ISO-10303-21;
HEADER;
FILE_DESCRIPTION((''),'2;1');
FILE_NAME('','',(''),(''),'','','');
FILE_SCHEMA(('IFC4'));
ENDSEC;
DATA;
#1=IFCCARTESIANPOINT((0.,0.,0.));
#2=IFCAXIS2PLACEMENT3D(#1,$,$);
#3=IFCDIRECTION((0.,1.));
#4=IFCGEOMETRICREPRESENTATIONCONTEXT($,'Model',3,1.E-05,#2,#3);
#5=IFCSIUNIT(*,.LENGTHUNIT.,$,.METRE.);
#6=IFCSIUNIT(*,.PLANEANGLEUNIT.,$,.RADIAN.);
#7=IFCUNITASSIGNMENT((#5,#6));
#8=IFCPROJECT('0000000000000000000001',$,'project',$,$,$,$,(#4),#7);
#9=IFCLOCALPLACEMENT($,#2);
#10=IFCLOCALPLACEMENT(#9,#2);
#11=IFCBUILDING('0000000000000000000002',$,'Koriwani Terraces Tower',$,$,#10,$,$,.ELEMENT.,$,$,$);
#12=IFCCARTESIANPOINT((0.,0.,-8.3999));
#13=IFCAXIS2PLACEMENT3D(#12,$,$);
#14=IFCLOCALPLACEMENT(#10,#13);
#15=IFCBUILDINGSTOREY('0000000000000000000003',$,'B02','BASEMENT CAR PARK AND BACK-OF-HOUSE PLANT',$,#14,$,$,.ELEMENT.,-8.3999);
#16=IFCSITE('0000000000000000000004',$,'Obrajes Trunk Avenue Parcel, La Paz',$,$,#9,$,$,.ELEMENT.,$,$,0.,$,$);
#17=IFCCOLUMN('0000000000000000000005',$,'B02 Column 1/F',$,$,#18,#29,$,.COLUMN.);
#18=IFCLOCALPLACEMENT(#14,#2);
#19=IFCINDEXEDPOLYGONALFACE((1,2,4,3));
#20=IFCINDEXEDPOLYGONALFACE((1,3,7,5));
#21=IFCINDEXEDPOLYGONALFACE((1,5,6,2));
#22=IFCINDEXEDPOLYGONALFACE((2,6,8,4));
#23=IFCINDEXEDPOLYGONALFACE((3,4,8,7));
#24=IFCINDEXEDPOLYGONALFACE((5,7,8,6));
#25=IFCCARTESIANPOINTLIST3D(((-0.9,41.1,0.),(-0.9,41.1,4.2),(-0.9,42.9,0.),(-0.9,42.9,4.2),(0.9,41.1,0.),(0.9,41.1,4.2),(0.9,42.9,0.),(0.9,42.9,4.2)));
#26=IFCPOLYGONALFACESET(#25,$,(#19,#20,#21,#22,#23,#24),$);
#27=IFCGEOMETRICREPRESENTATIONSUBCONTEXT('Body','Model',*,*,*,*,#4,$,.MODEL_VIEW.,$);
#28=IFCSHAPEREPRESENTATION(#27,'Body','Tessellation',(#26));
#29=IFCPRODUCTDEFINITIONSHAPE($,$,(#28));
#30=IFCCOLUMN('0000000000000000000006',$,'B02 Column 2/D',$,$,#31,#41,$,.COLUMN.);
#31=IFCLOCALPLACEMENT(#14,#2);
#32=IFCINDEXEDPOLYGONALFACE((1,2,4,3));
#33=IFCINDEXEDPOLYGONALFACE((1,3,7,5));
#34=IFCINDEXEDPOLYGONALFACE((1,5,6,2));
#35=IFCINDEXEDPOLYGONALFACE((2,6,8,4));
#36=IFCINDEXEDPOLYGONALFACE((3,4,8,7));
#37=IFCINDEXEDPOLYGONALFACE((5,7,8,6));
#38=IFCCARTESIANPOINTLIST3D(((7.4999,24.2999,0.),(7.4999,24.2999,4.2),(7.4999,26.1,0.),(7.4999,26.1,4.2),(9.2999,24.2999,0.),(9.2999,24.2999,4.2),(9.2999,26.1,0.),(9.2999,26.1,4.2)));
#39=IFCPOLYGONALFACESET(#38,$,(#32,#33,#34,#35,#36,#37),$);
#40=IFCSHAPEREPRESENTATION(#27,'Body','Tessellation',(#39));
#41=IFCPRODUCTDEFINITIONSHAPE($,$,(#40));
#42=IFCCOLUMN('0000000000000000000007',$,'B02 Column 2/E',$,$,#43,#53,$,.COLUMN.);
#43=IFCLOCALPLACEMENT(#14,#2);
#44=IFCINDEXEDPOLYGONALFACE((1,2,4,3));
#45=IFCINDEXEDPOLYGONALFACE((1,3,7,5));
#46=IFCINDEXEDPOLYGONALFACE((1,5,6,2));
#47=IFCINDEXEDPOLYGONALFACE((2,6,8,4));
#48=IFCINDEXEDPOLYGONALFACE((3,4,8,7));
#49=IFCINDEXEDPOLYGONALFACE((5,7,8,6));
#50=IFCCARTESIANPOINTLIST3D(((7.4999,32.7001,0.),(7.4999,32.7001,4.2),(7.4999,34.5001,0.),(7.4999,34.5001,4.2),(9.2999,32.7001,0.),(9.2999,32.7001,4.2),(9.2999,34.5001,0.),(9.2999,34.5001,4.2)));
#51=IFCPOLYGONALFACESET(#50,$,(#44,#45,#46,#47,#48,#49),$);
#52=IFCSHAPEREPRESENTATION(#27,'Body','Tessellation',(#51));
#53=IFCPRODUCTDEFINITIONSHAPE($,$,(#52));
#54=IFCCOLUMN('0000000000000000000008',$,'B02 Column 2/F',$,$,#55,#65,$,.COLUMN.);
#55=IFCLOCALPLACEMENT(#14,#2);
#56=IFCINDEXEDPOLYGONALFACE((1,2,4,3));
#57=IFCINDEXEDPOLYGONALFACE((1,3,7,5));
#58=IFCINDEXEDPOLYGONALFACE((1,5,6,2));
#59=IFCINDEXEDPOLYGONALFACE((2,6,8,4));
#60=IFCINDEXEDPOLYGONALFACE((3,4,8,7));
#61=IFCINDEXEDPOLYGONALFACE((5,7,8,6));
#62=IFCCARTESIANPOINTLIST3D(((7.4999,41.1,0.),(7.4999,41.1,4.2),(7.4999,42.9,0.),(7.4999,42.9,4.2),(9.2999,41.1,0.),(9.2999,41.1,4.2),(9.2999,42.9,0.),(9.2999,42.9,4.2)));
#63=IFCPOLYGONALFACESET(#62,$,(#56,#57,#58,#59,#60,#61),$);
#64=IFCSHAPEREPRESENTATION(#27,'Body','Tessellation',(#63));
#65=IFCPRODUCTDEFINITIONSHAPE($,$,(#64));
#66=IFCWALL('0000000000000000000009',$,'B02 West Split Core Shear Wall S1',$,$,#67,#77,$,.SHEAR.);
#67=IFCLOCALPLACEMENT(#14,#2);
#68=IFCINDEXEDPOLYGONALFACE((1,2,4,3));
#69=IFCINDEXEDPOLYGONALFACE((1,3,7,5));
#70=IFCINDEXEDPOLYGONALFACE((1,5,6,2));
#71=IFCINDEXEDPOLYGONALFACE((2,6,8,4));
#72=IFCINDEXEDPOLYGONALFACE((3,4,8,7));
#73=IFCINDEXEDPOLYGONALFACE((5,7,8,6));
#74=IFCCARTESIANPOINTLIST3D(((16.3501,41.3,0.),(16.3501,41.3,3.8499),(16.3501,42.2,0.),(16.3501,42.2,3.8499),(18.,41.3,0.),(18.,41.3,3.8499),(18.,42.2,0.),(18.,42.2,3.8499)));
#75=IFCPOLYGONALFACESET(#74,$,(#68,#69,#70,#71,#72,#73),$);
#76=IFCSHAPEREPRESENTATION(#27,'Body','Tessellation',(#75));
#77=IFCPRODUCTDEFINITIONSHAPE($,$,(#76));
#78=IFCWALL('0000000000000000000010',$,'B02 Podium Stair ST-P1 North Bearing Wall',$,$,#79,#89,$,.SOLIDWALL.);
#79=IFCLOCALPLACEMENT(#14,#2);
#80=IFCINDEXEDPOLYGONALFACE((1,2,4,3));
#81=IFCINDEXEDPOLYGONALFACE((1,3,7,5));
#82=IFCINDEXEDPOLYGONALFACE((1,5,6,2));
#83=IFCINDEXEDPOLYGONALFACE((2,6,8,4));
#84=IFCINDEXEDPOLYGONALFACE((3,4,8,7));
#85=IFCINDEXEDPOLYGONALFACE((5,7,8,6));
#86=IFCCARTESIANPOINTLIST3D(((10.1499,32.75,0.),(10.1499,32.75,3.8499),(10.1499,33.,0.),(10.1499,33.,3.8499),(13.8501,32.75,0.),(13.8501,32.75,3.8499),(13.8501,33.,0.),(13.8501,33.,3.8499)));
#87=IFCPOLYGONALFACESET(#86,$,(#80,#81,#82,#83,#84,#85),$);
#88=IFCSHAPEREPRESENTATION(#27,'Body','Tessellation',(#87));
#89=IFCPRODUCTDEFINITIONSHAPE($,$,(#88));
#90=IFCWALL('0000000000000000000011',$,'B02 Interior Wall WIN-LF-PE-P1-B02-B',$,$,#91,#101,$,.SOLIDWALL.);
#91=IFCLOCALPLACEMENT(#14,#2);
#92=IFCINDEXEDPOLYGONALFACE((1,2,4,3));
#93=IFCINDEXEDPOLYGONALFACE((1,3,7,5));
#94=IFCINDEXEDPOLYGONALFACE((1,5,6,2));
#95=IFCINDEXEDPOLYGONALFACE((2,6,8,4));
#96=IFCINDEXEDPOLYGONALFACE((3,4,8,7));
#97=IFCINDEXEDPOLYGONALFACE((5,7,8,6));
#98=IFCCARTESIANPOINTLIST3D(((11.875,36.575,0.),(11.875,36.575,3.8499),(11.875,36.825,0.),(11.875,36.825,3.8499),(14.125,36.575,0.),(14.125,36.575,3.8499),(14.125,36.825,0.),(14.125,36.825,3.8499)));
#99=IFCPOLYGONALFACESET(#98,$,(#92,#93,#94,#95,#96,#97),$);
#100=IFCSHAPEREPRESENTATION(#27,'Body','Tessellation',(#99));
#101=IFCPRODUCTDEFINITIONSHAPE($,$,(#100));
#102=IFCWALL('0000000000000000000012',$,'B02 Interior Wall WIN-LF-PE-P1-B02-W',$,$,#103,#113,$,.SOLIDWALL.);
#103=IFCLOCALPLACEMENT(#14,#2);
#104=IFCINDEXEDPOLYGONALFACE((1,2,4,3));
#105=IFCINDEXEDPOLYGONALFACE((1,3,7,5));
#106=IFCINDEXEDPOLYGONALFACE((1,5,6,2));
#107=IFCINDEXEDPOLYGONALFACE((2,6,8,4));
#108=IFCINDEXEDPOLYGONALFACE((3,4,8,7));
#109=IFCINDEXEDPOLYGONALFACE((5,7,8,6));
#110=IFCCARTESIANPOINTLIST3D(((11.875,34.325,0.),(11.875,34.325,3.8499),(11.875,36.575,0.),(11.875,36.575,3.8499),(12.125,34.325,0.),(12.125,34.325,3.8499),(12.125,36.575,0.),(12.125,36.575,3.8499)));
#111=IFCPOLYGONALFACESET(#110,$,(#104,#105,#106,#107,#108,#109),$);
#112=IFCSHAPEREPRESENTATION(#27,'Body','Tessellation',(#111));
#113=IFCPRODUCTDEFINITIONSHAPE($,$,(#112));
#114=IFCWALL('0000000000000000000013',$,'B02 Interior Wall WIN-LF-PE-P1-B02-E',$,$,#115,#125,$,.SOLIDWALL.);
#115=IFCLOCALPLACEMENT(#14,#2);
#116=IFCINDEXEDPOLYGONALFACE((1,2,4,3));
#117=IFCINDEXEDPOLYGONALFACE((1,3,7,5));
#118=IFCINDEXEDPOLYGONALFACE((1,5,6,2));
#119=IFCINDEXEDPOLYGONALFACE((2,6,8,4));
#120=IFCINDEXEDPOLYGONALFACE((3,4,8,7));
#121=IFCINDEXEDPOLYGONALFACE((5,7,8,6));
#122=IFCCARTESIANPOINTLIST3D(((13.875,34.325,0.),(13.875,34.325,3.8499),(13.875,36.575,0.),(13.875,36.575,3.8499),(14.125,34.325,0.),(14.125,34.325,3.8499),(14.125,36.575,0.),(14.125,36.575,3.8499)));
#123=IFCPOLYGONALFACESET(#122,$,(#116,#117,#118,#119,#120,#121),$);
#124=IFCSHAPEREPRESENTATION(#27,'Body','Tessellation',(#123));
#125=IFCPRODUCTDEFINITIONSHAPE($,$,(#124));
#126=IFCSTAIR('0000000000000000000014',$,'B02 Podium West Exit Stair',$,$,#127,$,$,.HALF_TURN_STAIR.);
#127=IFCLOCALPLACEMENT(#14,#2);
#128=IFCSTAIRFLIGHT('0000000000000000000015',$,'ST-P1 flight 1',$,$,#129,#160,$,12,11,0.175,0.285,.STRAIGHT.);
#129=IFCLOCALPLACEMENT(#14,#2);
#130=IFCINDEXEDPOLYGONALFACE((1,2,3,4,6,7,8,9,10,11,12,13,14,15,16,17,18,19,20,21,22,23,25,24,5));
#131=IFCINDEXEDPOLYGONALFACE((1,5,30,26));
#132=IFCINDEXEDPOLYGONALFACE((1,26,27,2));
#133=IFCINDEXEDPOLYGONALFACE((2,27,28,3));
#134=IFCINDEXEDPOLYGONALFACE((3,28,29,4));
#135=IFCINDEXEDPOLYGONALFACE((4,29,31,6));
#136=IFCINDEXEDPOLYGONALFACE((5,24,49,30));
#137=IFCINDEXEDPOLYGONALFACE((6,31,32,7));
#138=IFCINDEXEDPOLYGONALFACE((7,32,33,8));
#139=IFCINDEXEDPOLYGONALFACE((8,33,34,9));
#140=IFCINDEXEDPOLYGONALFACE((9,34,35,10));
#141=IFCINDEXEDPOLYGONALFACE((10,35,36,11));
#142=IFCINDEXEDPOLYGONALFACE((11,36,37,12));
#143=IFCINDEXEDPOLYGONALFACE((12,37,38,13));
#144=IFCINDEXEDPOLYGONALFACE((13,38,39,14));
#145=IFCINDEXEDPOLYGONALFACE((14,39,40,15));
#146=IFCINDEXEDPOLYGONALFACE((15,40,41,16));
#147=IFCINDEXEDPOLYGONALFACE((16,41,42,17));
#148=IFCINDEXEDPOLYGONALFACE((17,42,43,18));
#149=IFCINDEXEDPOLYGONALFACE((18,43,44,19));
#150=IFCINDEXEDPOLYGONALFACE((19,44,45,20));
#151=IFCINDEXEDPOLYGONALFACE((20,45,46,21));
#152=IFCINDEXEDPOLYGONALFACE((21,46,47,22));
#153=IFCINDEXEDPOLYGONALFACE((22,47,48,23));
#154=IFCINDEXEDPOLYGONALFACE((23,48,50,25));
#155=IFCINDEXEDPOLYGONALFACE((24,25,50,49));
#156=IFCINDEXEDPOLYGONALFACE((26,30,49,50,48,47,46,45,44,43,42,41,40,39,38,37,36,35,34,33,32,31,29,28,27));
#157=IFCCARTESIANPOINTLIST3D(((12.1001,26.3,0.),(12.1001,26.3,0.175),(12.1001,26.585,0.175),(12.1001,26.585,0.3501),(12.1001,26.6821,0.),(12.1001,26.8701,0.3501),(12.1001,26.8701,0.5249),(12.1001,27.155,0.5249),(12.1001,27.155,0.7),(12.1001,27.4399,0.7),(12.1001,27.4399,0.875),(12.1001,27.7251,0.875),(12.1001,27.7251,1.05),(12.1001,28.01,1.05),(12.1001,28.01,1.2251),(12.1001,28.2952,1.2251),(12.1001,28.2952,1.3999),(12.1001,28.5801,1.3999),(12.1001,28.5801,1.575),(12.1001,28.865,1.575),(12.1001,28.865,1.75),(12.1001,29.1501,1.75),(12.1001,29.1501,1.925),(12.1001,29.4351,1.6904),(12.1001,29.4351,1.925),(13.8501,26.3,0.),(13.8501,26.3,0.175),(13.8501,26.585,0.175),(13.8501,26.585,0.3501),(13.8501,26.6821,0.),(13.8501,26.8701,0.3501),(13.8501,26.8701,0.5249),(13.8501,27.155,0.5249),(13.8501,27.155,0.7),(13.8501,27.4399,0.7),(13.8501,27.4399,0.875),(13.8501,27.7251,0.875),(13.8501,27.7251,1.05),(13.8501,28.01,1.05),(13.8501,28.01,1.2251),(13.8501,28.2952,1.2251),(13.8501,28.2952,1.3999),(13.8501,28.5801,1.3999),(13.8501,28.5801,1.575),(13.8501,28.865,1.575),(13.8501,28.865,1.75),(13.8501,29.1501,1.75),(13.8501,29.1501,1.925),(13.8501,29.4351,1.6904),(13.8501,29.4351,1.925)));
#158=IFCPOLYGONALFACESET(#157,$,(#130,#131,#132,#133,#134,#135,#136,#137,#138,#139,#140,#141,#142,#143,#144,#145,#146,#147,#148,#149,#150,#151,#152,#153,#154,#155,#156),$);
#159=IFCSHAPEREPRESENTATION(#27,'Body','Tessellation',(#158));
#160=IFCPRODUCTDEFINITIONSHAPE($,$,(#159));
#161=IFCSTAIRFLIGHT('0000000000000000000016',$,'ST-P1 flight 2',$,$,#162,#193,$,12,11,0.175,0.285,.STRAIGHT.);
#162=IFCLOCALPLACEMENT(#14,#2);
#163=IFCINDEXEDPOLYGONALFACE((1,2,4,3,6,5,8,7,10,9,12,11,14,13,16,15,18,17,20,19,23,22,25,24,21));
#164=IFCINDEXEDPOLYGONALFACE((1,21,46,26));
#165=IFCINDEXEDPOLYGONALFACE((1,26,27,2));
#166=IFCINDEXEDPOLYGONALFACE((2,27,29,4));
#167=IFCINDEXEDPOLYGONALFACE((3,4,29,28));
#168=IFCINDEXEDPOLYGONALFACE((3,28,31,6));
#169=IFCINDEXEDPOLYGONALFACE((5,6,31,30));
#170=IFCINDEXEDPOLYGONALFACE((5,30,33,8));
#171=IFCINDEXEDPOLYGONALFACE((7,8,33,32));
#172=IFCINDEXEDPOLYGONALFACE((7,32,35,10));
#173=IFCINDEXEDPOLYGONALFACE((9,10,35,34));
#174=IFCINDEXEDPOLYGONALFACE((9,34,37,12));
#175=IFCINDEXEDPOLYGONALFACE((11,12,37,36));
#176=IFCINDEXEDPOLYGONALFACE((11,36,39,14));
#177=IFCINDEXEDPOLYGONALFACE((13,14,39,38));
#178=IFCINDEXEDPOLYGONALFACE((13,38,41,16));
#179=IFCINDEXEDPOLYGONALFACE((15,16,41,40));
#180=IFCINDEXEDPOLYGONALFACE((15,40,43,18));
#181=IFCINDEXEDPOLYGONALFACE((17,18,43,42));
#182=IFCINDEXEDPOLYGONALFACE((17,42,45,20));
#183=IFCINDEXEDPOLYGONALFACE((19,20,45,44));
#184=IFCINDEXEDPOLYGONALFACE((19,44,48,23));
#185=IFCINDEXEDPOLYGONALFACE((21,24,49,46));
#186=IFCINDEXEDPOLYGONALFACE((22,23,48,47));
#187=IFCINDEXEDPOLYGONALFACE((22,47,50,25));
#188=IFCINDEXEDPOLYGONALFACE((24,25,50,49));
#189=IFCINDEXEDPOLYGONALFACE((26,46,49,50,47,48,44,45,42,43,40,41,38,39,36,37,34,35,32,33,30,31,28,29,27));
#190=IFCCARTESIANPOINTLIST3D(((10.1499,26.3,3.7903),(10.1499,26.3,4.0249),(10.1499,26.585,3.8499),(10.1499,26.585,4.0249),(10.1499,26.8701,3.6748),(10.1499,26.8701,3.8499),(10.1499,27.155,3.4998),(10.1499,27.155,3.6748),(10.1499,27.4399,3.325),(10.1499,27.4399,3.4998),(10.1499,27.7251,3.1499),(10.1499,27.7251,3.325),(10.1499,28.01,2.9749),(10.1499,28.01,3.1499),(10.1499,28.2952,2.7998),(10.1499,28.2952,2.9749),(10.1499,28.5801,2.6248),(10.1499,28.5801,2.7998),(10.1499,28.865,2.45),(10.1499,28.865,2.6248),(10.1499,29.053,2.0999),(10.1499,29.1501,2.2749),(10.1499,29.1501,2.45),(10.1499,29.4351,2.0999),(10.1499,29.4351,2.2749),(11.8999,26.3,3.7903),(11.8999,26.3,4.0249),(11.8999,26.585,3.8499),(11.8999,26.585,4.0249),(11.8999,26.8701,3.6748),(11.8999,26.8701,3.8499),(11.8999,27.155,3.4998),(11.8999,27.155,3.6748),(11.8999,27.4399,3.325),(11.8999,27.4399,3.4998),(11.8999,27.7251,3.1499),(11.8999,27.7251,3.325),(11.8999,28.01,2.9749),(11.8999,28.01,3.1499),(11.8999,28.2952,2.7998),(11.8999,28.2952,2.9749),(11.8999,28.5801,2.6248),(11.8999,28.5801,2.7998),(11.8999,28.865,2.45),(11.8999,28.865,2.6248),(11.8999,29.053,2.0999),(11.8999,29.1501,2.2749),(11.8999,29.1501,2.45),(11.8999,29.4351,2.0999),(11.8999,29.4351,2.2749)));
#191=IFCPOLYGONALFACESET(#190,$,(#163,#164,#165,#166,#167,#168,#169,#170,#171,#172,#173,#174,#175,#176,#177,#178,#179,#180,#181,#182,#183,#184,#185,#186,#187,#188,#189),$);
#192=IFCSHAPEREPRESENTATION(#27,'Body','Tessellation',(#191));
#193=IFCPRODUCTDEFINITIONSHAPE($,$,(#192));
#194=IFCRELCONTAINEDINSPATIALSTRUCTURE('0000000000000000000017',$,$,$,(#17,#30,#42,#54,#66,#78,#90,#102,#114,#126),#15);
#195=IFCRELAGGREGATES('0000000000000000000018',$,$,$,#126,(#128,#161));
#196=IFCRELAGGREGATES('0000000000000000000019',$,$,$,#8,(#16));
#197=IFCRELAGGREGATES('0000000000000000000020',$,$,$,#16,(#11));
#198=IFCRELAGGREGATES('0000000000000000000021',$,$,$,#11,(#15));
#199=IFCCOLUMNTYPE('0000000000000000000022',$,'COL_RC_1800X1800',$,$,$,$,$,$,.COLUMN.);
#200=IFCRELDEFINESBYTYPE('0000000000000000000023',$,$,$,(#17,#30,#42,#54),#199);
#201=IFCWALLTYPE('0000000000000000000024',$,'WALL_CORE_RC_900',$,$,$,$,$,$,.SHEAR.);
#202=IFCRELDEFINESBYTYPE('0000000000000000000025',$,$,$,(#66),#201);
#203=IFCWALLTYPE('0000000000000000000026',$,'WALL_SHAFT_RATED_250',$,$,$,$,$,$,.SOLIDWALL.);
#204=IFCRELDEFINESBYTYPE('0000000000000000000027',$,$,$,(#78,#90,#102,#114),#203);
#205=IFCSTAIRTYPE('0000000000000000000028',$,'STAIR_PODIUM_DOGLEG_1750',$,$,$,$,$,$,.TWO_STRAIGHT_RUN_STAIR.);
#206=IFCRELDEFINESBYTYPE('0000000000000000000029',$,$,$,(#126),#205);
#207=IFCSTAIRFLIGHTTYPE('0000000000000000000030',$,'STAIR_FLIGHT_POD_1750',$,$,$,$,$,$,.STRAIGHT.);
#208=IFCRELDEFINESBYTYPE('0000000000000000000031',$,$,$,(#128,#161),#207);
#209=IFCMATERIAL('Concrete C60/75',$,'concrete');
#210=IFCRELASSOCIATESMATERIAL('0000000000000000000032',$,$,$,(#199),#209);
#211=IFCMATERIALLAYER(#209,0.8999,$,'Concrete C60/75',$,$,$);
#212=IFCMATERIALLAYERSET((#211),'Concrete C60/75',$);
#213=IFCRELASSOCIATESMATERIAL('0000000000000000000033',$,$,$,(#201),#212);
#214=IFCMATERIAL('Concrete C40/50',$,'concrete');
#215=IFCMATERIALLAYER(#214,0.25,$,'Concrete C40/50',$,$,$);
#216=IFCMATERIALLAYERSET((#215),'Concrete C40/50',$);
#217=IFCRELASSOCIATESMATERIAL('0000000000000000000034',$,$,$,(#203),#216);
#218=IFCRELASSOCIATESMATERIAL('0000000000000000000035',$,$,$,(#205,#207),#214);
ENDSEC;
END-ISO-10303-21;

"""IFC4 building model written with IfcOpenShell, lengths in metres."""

from ifc_helpers import new_model, si_unit, direction, frame, frame_2d, origin, origin_2d, place, context, subcontext, project, spatial, polyline, rectangle, outline, extrude, material, layer, layer_set, material_profile, profile_set, type_object, element, aggregate, save


model = new_model("IFC4")

# Units and contexts
model_context = context("Model", 3, precision=1e-05, world=origin(), true_north=direction((0.0, 1.0)))
body_context = subcontext(model_context, "Body", "Model", "MODEL_VIEW")
ifc_project = project(units=[si_unit("LENGTHUNIT", "METRE"), si_unit("PLANEANGLEUNIT", "RADIAN")], contexts=[model_context])

# Site, building, storey
site_placement = place(None, origin())
site = spatial("IfcSite", under=ifc_project, at=site_placement, Name="Obrajes Trunk Avenue Parcel, La Paz", CompositionType="ELEMENT", RefElevation=0.0)
building_placement = place(site_placement, origin())
building = spatial("IfcBuilding", under=site, at=building_placement, Name="Koriwani Terraces Tower", CompositionType="ELEMENT")
storey_placement = place(building_placement, frame((0.0, 0.0, -8.3999)))
storey = spatial("IfcBuildingStorey", under=building, at=storey_placement, Name="B02", Description="BASEMENT CAR PARK AND BACK-OF-HOUSE PLANT", CompositionType="ELEMENT", Elevation=-8.3999)

# Shared definitions
ifc_material_1 = material(Name="Concrete C40/50", Category="concrete")

# Columns
ifc_material_2 = material(Name="Concrete C60/75", Category="concrete")
ifc_material_profile_1 = material_profile(ifc_material_2, rectangle(XDim=1.8, YDim=1.8, at=origin_2d()), Name="Concrete C60/75", Category="LoadBearing")
ifc_profile_set_1 = profile_set([ifc_material_profile_1], Name="Concrete C60/75")
column_type = type_object("IfcColumnType", Name="COL_RC_1800X1800", PredefinedType="COLUMN", material=ifc_profile_set_1)
for number, where, z_axis, x_axis, name in (
    (1, (0.0, 42.0, 0.0), (0.0, 0.0, 1.0), (1.0, 0.0, 0.0), "B02 Column 1/F"),
    (2, (8.3999, 25.2, 0.0), (0.0, 0.0, 1.0), (1.0, 0.0, 0.0), "B02 Column 2/D"),
    (3, (8.3999, 33.6001, 0.0), (0.0, 0.0, 1.0), (1.0, 0.0, 0.0), "B02 Column 2/E"),
    (4, (8.3999, 42.0, 0.0), (0.0, 0.0, 1.0), (1.0, 0.0, 0.0), "B02 Column 2/F"),
):
    element("IfcColumn", number, at=place(storey_placement, frame(where, z_axis=z_axis, x_axis=x_axis)), inside=storey, type_object=column_type, Name=name, PredefinedType="COLUMN", context=body_context, shape_type="SweptSolid", body=[
        extrude(rectangle(XDim=1.8, YDim=1.8, at=origin_2d()), origin(), (0.0, 0.0, 1.0), 4.2),
    ])

# Walls
ifc_layer_1 = layer(ifc_material_2, 0.8999, Name="Concrete C60/75")
ifc_layer_set_1 = layer_set([ifc_layer_1], Name="Concrete C60/75")
wall_type_1 = type_object("IfcWallType", Name="WALL_CORE_RC_900", PredefinedType="SHEAR", material=ifc_layer_set_1)
wall_1_placement = place(storey_placement, frame((16.3501, 41.75, 0.0), z_axis=(0.0, 0.0, 1.0), x_axis=(1.0, 0.0, 0.0)))
element("IfcWall", 5, at=wall_1_placement, inside=storey, type_object=wall_type_1, Name="B02 West Split Core Shear Wall S1", PredefinedType="SHEAR", context=body_context, shape_type="SweptSolid", body=[
    extrude(rectangle(XDim=1.6499, YDim=0.8999, at=frame_2d((0.825, 0.0))), origin(), (0.0, 0.0, 1.0), 3.8499),
])
ifc_layer_2 = layer(ifc_material_1, 0.25, Name="Concrete C40/50")
ifc_layer_set_2 = layer_set([ifc_layer_2], Name="Concrete C40/50")
wall_type_2 = type_object("IfcWallType", Name="WALL_SHAFT_RATED_250", PredefinedType="SOLIDWALL", material=ifc_layer_set_2)
wall_2_placement = place(storey_placement, frame((10.1499, 32.875, 0.0), z_axis=(0.0, 0.0, 1.0), x_axis=(1.0, 0.0, 0.0)))
element("IfcWall", 6, at=wall_2_placement, inside=storey, type_object=wall_type_2, Name="B02 Podium Stair ST-P1 North Bearing Wall", PredefinedType="SOLIDWALL", context=body_context, shape_type="SweptSolid", body=[
    extrude(rectangle(XDim=3.7002, YDim=0.25, at=frame_2d((1.8501, 0.0))), origin(), (0.0, 0.0, 1.0), 3.8499),
])

# Walls
for number, where, z_axis, x_axis, name in (
    (7, (11.875, 36.7, 0.0), (0.0, 0.0, 1.0), (1.0, 0.0, 0.0), "B02 Interior Wall WIN-LF-PE-P1-B02-B"),
    (8, (12.0, 34.325, 0.0), (0.0, 0.0, 1.0), (0.0, 1.0, 0.0), "B02 Interior Wall WIN-LF-PE-P1-B02-W"),
    (9, (14.0, 34.325, 0.0), (0.0, 0.0, 1.0), (0.0, 1.0, 0.0), "B02 Interior Wall WIN-LF-PE-P1-B02-E"),
):
    element("IfcWall", number, at=place(storey_placement, frame(where, z_axis=z_axis, x_axis=x_axis)), inside=storey, type_object=wall_type_2, Name=name, PredefinedType="SOLIDWALL", context=body_context, shape_type="SweptSolid", body=[
        extrude(rectangle(XDim=2.25, YDim=0.25, at=frame_2d((1.125, 0.0))), origin(), (0.0, 0.0, 1.0), 3.8499),
    ])

# Stair, stair flights
stair_type = type_object("IfcStairType", Name="STAIR_PODIUM_DOGLEG_1750", PredefinedType="TWO_STRAIGHT_RUN_STAIR", material=ifc_material_1)
stair_placement = place(storey_placement, origin())
stair = element("IfcStair", 10, at=stair_placement, inside=storey, type_object=stair_type, Name="B02 Podium West Exit Stair", PredefinedType="HALF_TURN_STAIR")
stair_flight_type = type_object("IfcStairFlightType", Name="STAIR_FLIGHT_POD_1750", PredefinedType="STRAIGHT", material=ifc_material_1)
stair_flight_1_placement = place(storey_placement, frame((12.9751, 26.3, 0.0), z_axis=(0.0, 0.0, 1.0), x_axis=(0.0, 1.0, 0.0)))
stair_flight_1 = element("IfcStairFlight", 11, at=stair_flight_1_placement, type_object=stair_flight_type, Name="ST-P1 flight 1", NumberOfRisers=12, NumberOfTreads=11, PredefinedType="STRAIGHT", RiserHeight=0.175, TreadLength=0.285, context=body_context, shape_type="SweptSolid", body=[
    extrude(outline(polyline([(0.0, 0.0), (0.0, 0.175), (0.2849, 0.175), (0.2849, 0.3501), (0.5701, 0.3501), (0.5701, 0.5249), (0.855, 0.5249), (0.855, 0.7), (1.1399, 0.7), (1.1399, 0.875), (1.425, 0.875), (1.425, 1.05), (1.71, 1.05), (1.71, 1.2251), (1.9951, 1.2251), (1.9951, 1.3999), (2.28, 1.3999), (2.28, 1.575), (2.5649, 1.575), (2.5649, 1.75), (2.8501, 1.75), (2.8501, 1.925), (3.135, 1.925), (3.135, 2.1001), (3.135, 1.6904), (0.3821, 0.0), (0.0, 0.0)])), frame((0.0, 0.875, 0.0), z_axis=(0.0, -1.0, 0.0), x_axis=(1.0, 0.0, 0.0)), (0.0, 0.0, 1.0), 1.75),
])
stair_flight_2_placement = place(storey_placement, frame((11.0249, 29.4351, 2.0999), z_axis=(0.0, 0.0, 1.0), x_axis=(0.0, -1.0, 0.0)))
stair_flight_2 = element("IfcStairFlight", 12, at=stair_flight_2_placement, type_object=stair_flight_type, Name="ST-P1 flight 2", NumberOfRisers=12, NumberOfTreads=11, PredefinedType="STRAIGHT", RiserHeight=0.175, TreadLength=0.285, context=body_context, shape_type="SweptSolid", body=[
    extrude(outline(polyline([(0.0, 0.0), (0.0, 0.175), (0.2849, 0.175), (0.2849, 0.3501), (0.5701, 0.3501), (0.5701, 0.5249), (0.855, 0.5249), (0.855, 0.7), (1.1399, 0.7), (1.1399, 0.875), (1.425, 0.875), (1.425, 1.05), (1.71, 1.05), (1.71, 1.2251), (1.9951, 1.2251), (1.9951, 1.3999), (2.28, 1.3999), (2.28, 1.575), (2.5649, 1.575), (2.5649, 1.75), (2.8501, 1.75), (2.8501, 1.925), (3.135, 1.925), (3.135, 2.1001), (3.135, 1.6904), (0.3821, 0.0), (0.0, 0.0)])), frame((0.0, 0.875, 0.0), z_axis=(0.0, -1.0, 0.0), x_axis=(1.0, 0.0, 0.0)), (0.0, 0.0, 1.0), 1.75),
])
aggregate(stair, [stair_flight_1, stair_flight_2])

save(model, "model.ifc")
